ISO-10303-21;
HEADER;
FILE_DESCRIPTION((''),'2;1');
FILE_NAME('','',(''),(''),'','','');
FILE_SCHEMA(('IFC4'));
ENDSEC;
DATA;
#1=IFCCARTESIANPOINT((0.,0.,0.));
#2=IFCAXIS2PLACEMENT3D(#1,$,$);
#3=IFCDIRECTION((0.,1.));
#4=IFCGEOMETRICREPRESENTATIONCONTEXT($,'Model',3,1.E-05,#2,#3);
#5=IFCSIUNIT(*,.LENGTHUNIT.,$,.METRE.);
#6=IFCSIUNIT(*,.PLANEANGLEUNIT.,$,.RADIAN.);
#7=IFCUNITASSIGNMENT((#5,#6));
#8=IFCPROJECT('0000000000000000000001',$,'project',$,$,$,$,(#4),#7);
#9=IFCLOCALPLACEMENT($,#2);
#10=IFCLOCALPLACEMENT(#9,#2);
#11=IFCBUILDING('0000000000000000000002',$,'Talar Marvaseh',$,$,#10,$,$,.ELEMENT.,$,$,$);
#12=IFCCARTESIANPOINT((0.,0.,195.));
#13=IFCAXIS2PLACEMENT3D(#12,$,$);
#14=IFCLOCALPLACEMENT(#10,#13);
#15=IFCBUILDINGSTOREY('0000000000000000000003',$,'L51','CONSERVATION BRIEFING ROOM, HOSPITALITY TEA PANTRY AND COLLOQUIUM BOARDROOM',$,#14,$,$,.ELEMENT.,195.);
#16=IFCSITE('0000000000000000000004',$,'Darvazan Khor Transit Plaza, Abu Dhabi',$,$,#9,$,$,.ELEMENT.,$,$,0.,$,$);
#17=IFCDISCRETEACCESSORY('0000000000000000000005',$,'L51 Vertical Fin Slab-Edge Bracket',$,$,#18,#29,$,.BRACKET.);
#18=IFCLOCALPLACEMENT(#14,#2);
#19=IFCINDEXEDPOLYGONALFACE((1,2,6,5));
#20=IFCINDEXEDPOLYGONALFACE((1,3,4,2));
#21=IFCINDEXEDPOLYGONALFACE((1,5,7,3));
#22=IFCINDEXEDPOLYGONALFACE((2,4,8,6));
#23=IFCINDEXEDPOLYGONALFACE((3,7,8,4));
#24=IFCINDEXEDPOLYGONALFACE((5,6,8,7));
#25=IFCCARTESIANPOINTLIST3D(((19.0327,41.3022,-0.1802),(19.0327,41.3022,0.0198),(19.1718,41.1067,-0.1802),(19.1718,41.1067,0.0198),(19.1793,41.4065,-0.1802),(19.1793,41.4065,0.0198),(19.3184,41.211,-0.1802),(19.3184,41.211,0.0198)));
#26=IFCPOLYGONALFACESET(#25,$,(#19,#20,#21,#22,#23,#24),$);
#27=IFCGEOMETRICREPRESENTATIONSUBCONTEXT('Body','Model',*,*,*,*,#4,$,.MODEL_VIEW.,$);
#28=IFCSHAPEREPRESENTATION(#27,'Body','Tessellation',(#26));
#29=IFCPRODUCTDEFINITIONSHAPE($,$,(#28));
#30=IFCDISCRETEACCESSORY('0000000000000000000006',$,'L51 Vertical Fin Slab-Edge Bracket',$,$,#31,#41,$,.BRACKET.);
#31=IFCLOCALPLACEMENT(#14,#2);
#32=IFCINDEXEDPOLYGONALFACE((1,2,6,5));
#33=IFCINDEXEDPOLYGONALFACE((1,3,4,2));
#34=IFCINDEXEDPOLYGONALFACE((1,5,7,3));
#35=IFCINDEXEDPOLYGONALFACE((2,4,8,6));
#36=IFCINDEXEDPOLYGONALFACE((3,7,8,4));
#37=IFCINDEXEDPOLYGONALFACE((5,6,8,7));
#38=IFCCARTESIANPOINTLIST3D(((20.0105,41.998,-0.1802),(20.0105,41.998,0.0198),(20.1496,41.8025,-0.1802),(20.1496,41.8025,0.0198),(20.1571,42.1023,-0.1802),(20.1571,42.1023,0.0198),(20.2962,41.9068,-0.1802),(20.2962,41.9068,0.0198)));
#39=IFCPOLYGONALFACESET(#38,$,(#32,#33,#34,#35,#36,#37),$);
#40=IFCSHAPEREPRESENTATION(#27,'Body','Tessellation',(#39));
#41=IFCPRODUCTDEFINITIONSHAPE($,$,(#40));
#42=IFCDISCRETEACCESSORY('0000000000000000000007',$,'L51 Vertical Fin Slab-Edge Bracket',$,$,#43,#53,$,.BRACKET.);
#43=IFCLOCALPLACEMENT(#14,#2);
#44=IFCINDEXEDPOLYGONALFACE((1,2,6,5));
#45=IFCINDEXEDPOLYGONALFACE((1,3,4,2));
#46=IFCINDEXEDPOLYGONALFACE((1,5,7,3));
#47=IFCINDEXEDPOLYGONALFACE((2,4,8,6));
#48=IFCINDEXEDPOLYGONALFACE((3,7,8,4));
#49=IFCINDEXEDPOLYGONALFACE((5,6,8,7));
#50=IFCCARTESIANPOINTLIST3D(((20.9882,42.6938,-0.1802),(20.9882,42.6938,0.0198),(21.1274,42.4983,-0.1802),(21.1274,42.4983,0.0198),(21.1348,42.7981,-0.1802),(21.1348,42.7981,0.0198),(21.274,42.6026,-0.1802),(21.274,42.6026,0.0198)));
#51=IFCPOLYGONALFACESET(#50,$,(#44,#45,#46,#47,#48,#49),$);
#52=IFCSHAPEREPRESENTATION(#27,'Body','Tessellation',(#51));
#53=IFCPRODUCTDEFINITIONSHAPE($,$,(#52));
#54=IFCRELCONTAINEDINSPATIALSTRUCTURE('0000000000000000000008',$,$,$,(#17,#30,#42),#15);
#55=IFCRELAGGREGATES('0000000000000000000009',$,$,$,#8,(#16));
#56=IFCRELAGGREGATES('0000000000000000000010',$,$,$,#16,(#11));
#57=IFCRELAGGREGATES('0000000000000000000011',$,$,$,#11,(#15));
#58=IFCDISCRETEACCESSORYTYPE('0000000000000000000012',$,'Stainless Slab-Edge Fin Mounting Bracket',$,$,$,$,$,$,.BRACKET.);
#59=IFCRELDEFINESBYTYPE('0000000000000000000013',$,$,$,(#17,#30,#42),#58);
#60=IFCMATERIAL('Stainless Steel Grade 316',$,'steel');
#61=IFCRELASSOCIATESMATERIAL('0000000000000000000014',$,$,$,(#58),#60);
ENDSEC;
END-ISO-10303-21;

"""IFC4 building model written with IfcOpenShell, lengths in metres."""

from ifc_helpers import new_model, si_unit, direction, frame, origin, origin_2d, place, context, subcontext, project, spatial, rectangle, extrude, source, transform, mapped, material, type_object, type_shapes, element, save


model = new_model("IFC4")

# Units and contexts
model_context = context("Model", 3, precision=1e-05, world=origin(), true_north=direction((0.0, 1.0)))
body_context = subcontext(model_context, "Body", "Model", "MODEL_VIEW")
ifc_project = project(units=[si_unit("LENGTHUNIT", "METRE"), si_unit("PLANEANGLEUNIT", "RADIAN")], contexts=[model_context])

# Site, building, storey
site_placement = place(None, origin())
site = spatial("IfcSite", under=ifc_project, at=site_placement, Name="Darvazan Khor Transit Plaza, Abu Dhabi", CompositionType="ELEMENT", RefElevation=0.0)
building_placement = place(site_placement, origin())
building = spatial("IfcBuilding", under=site, at=building_placement, Name="Talar Marvaseh", CompositionType="ELEMENT")
storey_placement = place(building_placement, frame((0.0, 0.0, 195.0)))
storey = spatial("IfcBuildingStorey", under=building, at=storey_placement, Name="L51", Description="CONSERVATION BRIEFING ROOM, HOSPITALITY TEA PANTRY AND COLLOQUIUM BOARDROOM", CompositionType="ELEMENT", Elevation=195.0)

# Discrete accessories
ifc_material_1 = material(Name="Stainless Steel Grade 316", Category="steel")
discrete_accessory_type = type_object("IfcDiscreteAccessoryType", Name="Stainless Slab-Edge Fin Mounting Bracket", PredefinedType="BRACKET", material=ifc_material_1)
shared_shape_1 = source(origin(), body_context, "Body", "SweptSolid", [
    extrude(rectangle(XDim=0.24, YDim=0.1799, at=origin_2d()), origin(), (0.0, 0.0, 1.0), 0.2),
])
type_shapes(discrete_accessory_type, [shared_shape_1])
for number, where, z_axis, x_axis, name in (
    (1, (19.1755, 41.2566, -0.1802), (0.0, 0.0, 1.0), (-0.579708, 0.814824, 0.0), "L51 Vertical Fin Slab-Edge Bracket"),
    (2, (20.1533, 41.9524, -0.1802), (0.0, 0.0, 1.0), (-0.579708, 0.814824, 0.0), "L51 Vertical Fin Slab-Edge Bracket"),
    (3, (21.1311, 42.6482, -0.1802), (0.0, 0.0, 1.0), (-0.579708, 0.814824, 0.0), "L51 Vertical Fin Slab-Edge Bracket"),
):
    element("IfcDiscreteAccessory", number, at=place(storey_placement, frame(where, z_axis=z_axis, x_axis=x_axis)), inside=storey, type_object=discrete_accessory_type, Name=name, PredefinedType="BRACKET", context=body_context, shape_type="MappedRepresentation", body=[
        mapped(shared_shape_1, transform((0.0, 0.0, 0.0), x_axis=(1.0, 0.0, 0.0), y_axis=(0.0, 1.0, 0.0), z_axis=(0.0, 0.0, 1.0), scale=1.0)),
    ])

save(model, "model.ifc")
